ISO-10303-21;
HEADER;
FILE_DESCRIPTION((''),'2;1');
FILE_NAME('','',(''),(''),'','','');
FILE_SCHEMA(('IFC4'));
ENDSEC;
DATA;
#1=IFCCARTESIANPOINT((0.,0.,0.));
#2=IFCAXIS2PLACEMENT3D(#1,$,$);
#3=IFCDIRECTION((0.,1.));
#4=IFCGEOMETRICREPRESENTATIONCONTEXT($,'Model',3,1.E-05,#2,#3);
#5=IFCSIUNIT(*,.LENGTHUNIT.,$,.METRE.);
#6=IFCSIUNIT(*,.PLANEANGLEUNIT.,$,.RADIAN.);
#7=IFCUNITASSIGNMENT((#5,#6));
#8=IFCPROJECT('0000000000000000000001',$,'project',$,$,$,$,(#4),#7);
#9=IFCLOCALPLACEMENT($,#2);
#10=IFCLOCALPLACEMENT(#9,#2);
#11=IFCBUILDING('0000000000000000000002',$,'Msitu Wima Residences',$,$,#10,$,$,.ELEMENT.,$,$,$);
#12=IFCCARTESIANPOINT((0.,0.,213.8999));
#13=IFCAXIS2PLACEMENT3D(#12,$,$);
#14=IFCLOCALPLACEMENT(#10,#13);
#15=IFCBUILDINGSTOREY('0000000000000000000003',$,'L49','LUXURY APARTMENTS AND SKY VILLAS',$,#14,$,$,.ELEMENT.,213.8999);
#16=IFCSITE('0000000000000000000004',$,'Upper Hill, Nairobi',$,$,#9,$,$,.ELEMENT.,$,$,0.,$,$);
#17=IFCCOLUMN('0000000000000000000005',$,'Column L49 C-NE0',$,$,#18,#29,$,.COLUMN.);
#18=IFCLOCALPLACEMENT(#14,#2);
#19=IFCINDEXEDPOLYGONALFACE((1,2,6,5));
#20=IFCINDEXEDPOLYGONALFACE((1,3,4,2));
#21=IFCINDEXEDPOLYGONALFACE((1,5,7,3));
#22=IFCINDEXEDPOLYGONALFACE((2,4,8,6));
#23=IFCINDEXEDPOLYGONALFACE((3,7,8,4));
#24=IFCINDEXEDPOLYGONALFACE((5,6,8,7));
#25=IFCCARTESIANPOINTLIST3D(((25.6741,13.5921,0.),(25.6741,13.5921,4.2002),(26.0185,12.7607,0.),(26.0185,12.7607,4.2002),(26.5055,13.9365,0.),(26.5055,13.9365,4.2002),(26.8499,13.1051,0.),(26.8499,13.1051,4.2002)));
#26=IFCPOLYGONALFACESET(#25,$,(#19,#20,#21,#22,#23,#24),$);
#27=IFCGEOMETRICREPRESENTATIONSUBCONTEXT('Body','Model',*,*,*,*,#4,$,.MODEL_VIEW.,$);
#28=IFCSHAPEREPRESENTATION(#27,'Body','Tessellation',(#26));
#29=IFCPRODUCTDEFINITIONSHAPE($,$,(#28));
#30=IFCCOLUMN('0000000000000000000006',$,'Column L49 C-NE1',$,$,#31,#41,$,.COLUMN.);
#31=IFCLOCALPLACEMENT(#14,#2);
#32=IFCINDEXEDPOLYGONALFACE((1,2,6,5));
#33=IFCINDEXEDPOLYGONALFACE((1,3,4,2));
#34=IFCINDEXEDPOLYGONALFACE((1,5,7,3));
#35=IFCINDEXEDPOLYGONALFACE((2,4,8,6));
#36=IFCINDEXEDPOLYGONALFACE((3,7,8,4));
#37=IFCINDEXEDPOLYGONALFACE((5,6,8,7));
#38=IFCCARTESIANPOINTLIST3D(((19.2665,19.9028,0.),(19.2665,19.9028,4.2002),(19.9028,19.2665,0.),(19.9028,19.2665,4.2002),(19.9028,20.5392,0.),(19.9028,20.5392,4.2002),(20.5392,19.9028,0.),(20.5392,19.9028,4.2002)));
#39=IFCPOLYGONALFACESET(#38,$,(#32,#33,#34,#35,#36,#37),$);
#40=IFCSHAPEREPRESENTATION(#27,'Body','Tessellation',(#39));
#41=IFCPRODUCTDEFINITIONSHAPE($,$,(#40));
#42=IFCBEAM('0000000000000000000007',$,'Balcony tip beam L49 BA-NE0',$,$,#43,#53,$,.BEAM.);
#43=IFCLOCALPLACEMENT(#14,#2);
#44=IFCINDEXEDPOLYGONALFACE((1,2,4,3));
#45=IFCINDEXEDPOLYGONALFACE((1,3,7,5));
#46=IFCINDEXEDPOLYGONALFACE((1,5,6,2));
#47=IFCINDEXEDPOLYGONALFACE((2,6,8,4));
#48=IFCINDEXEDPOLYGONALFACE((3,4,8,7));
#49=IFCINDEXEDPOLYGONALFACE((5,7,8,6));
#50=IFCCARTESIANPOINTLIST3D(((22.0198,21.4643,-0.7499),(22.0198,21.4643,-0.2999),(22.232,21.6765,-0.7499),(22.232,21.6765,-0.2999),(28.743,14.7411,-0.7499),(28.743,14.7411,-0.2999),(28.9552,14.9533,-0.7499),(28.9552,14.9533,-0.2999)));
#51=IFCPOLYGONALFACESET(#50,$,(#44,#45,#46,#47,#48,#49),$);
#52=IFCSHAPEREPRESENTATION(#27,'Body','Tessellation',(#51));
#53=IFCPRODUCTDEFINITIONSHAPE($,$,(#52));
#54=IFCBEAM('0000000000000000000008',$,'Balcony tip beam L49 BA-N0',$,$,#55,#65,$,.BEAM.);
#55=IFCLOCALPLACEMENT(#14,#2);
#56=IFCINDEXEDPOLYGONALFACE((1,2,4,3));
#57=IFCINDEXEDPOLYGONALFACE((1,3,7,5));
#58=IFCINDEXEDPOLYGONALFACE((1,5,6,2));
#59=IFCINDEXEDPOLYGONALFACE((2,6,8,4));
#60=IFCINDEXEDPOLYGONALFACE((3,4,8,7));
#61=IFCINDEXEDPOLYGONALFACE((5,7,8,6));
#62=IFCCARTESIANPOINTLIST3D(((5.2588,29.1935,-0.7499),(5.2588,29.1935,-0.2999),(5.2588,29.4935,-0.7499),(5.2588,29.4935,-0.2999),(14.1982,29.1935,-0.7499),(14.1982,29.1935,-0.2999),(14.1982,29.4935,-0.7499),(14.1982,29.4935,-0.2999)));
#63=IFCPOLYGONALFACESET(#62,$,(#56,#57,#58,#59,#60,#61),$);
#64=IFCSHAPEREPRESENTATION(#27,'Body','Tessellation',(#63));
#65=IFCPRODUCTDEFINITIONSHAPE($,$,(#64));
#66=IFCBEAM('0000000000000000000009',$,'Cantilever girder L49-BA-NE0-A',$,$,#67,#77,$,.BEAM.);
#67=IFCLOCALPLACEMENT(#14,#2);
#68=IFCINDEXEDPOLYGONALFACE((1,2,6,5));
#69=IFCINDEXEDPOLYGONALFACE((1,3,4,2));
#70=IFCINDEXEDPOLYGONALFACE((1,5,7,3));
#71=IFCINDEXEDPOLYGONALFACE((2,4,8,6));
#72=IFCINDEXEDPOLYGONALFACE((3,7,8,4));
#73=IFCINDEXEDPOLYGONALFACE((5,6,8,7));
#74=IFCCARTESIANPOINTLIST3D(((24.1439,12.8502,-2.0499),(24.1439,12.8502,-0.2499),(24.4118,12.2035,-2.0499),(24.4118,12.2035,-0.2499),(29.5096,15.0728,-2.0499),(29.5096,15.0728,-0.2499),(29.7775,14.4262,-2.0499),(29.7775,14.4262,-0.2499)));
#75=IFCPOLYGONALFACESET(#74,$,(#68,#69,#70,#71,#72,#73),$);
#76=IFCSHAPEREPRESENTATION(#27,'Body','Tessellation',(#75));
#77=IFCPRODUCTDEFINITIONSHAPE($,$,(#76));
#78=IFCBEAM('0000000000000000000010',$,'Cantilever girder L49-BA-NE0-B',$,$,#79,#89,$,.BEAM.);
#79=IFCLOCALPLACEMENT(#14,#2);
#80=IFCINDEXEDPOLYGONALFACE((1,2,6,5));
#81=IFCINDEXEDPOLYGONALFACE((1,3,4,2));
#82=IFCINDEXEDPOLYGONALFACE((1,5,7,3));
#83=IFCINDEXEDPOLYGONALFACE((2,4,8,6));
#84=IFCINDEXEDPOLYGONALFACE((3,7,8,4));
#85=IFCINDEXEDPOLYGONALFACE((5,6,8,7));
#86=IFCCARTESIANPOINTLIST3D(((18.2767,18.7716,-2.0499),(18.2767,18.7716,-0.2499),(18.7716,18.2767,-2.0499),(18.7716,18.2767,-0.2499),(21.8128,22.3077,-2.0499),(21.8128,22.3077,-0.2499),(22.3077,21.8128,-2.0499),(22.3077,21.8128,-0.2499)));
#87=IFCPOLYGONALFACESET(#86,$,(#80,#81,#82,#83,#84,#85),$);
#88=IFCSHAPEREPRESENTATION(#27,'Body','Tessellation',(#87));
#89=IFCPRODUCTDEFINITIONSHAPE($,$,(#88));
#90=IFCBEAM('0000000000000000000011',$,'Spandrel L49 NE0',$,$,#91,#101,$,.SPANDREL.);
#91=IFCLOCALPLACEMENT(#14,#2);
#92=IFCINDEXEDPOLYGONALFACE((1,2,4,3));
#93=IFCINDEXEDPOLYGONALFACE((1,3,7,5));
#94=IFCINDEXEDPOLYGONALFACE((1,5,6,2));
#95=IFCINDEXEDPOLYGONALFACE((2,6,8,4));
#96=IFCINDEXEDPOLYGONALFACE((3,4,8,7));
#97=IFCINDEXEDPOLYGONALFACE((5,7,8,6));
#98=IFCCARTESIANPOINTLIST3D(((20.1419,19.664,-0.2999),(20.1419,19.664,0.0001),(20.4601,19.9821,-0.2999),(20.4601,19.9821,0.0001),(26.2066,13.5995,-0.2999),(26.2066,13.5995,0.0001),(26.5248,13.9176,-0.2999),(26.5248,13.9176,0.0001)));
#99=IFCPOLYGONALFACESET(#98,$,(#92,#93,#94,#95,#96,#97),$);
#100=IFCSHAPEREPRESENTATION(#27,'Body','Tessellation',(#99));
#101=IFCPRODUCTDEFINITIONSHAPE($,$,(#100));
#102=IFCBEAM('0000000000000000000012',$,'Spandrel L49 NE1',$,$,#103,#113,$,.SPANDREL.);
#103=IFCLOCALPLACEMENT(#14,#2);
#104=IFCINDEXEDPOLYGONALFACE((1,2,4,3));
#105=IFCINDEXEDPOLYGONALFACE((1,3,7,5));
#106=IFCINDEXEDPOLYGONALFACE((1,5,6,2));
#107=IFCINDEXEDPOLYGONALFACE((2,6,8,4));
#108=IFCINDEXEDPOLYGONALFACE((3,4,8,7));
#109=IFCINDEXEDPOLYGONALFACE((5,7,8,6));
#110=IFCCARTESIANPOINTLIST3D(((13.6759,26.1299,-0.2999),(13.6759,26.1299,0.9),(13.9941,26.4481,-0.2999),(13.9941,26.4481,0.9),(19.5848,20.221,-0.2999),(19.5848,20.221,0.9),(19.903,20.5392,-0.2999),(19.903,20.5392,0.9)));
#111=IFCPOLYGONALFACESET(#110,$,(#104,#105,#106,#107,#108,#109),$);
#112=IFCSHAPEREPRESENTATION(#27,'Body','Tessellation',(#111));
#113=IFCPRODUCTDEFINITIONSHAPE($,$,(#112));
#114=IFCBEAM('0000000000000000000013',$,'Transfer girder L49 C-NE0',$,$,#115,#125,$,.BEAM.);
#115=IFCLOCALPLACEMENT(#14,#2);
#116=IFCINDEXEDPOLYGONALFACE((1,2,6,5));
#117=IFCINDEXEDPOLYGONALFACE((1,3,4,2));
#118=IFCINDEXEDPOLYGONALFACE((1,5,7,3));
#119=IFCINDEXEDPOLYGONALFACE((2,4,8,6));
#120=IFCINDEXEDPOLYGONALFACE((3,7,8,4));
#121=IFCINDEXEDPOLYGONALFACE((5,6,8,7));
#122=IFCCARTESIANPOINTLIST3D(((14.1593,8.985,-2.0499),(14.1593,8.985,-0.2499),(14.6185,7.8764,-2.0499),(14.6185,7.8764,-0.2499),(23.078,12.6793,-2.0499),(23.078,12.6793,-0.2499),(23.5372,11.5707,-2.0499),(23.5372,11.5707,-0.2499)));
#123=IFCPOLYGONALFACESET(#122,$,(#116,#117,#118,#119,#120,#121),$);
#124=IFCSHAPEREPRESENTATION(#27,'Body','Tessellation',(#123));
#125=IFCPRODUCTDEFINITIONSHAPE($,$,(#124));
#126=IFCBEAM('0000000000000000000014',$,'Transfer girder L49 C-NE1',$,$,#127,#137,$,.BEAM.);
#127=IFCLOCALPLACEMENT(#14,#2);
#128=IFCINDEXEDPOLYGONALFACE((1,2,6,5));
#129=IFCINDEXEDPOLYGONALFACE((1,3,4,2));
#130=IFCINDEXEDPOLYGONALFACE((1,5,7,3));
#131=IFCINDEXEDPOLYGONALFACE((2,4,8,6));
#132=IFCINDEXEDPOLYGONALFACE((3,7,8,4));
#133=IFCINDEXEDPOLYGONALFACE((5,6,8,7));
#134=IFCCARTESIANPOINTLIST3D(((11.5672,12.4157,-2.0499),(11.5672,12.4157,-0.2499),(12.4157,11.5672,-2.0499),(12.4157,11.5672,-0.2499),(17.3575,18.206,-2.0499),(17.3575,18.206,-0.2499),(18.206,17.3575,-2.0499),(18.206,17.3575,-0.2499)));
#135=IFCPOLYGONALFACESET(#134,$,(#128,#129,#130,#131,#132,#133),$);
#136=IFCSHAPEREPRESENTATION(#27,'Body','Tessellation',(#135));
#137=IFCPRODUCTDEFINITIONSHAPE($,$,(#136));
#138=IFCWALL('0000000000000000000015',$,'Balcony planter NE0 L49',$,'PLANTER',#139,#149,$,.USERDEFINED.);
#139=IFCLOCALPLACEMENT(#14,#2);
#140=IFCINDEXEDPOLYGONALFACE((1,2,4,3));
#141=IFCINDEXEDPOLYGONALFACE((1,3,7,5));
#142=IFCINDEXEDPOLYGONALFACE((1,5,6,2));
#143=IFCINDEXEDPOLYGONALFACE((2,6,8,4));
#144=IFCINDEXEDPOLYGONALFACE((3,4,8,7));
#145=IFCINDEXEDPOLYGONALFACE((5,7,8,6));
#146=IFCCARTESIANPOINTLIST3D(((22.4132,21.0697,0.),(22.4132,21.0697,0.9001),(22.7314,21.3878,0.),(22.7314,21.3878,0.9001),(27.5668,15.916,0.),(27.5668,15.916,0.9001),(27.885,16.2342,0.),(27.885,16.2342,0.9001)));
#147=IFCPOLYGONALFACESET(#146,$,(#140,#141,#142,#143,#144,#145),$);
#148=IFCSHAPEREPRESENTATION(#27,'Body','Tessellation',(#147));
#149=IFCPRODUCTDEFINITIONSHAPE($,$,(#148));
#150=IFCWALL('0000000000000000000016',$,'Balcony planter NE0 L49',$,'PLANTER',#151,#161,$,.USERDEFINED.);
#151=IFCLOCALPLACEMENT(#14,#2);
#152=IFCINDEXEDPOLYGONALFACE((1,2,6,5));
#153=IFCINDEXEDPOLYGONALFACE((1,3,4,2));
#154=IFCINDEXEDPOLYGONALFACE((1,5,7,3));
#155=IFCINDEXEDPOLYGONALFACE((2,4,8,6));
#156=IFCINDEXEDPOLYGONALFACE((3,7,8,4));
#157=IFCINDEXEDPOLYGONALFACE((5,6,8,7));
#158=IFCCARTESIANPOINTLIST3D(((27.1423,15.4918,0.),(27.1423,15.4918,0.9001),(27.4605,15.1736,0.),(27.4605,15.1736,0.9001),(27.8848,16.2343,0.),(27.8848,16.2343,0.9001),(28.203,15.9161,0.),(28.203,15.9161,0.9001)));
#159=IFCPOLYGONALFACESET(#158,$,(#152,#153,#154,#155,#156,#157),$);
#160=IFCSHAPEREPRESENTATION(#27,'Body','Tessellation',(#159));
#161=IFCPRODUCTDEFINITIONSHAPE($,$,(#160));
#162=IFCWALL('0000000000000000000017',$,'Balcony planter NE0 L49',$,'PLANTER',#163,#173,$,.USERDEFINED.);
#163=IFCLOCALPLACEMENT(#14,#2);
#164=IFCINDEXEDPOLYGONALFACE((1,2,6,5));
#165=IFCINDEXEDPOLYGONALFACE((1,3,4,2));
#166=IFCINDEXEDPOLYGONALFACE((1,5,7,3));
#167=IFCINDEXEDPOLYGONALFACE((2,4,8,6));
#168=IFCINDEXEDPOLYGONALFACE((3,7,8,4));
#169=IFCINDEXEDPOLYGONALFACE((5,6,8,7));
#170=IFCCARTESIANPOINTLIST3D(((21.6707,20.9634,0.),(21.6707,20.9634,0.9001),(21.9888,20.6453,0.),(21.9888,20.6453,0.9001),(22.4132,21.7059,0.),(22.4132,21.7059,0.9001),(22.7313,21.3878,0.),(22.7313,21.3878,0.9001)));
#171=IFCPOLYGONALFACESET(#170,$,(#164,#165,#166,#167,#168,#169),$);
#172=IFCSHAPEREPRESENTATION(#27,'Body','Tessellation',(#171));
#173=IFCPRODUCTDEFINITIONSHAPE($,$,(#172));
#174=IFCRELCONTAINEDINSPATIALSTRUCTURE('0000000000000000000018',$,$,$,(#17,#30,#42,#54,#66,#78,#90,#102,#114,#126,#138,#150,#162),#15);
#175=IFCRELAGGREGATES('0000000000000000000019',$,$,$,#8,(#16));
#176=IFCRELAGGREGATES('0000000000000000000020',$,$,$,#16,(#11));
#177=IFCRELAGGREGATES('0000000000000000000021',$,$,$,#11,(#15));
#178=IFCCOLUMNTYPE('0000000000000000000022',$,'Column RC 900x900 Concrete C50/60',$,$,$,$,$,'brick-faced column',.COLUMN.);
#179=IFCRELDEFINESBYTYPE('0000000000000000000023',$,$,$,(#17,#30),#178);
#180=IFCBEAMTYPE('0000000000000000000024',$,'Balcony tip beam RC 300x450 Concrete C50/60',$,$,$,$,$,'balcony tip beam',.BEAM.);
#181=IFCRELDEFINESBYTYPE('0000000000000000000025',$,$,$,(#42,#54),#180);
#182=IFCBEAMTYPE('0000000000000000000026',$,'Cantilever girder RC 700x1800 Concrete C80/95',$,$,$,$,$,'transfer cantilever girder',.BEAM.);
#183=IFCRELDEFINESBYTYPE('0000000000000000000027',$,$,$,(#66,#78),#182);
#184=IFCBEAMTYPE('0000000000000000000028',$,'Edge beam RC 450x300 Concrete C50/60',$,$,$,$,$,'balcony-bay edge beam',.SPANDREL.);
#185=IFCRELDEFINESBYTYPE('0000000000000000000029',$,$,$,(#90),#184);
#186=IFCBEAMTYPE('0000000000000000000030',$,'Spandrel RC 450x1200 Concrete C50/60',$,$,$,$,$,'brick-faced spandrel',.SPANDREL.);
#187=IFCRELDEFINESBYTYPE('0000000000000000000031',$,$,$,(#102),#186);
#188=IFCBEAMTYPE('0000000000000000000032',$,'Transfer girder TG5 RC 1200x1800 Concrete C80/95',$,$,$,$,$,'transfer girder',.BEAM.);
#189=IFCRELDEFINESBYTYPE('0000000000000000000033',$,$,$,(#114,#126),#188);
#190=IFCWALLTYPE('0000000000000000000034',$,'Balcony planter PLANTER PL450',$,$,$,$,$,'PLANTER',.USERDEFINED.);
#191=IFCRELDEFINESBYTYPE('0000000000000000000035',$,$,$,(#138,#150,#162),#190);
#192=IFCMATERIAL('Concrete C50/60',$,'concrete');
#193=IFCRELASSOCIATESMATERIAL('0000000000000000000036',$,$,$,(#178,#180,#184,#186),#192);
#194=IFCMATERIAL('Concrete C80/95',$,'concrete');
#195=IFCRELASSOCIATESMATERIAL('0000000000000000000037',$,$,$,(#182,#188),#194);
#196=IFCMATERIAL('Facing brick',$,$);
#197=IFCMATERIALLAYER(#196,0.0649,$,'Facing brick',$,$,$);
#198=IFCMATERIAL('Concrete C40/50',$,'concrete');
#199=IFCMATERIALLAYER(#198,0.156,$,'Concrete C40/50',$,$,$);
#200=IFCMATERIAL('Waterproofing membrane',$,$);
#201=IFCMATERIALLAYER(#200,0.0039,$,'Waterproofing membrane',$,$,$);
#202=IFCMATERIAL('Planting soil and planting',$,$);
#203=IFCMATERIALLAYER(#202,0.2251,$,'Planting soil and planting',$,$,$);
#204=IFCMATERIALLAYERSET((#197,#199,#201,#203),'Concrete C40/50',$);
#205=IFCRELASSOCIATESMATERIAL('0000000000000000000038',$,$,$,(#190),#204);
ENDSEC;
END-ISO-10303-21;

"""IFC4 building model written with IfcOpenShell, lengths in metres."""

from ifc_helpers import new_model, si_unit, direction, frame, frame_2d, origin, origin_2d, place, context, subcontext, project, spatial, rectangle, extrude, material, layer, layer_set, material_profile, profile_set, type_object, element, save


model = new_model("IFC4")

# Units and contexts
model_context = context("Model", 3, precision=1e-05, world=origin(), true_north=direction((0.0, 1.0)))
body_context = subcontext(model_context, "Body", "Model", "MODEL_VIEW")
ifc_project = project(units=[si_unit("LENGTHUNIT", "METRE"), si_unit("PLANEANGLEUNIT", "RADIAN")], contexts=[model_context])

# Site, building, storey
site_placement = place(None, origin())
site = spatial("IfcSite", under=ifc_project, at=site_placement, Name="Upper Hill, Nairobi", CompositionType="ELEMENT", RefElevation=0.0)
building_placement = place(site_placement, origin())
building = spatial("IfcBuilding", under=site, at=building_placement, Name="Msitu Wima Residences", CompositionType="ELEMENT")
storey_placement = place(building_placement, frame((0.0, 0.0, 213.8999)))
storey = spatial("IfcBuildingStorey", under=building, at=storey_placement, Name="L49", Description="LUXURY APARTMENTS AND SKY VILLAS", CompositionType="ELEMENT", Elevation=213.8999)

# Columns
ifc_material_1 = material(Name="Concrete C50/60", Category="concrete")
ifc_material_profile_1 = material_profile(ifc_material_1, rectangle(XDim=0.8999, YDim=0.8999, at=origin_2d()), Name="RC 900x900")
ifc_profile_set_1 = profile_set([ifc_material_profile_1], Name="Concrete C50/60")
column_type = type_object("IfcColumnType", Name="Column RC 900x900 Concrete C50/60", ElementType="brick-faced column", PredefinedType="COLUMN", material=ifc_profile_set_1)
for number, where, z_axis, x_axis, name in (
    (1, (26.262, 13.3486, 0.0), (0.0, 0.0, 1.0), (-0.382683, 0.92388, 0.0), "Column L49 C-NE0"),
    (2, (19.9028, 19.9028, 0.0), (0.0, 0.0, 1.0), (-0.707107, 0.707107, 0.0), "Column L49 C-NE1"),
):
    element("IfcColumn", number, at=place(storey_placement, frame(where, z_axis=z_axis, x_axis=x_axis)), inside=storey, type_object=column_type, Name=name, PredefinedType="COLUMN", context=body_context, shape_type="SweptSolid", body=[
        extrude(rectangle(XDim=0.8999, YDim=0.8999, at=origin_2d()), origin(), (0.0, 0.0, 1.0), 4.2002),
    ])

# Beams
ifc_material_profile_2 = material_profile(ifc_material_1, rectangle(XDim=0.3, YDim=0.45, at=origin_2d()), Name="RC 300x450")
ifc_profile_set_2 = profile_set([ifc_material_profile_2], Name="Concrete C50/60")
beam_type_1 = type_object("IfcBeamType", Name="Balcony tip beam RC 300x450 Concrete C50/60", ElementType="balcony tip beam", PredefinedType="BEAM", material=ifc_profile_set_2)
beam_1_placement = place(storey_placement, frame((28.8491, 14.8472, -0.5249), z_axis=(-0.707107, 0.707107, 0.0), x_axis=(-0.707107, -0.707107, 0.0)))
element("IfcBeam", 3, at=beam_1_placement, inside=storey, type_object=beam_type_1, Name="Balcony tip beam L49 BA-NE0", PredefinedType="BEAM", context=body_context, shape_type="SweptSolid", body=[
    extrude(rectangle(XDim=0.3, YDim=0.45, at=origin_2d()), origin(), (0.0, 0.0, 1.0), 9.5081),
])
beam_2_placement = place(storey_placement, frame((14.1982, 29.3435, -0.5249), z_axis=(-1.0, 0.0, 0.0), x_axis=(0.0, -1.0, 0.0)))
element("IfcBeam", 4, at=beam_2_placement, inside=storey, type_object=beam_type_1, Name="Balcony tip beam L49 BA-N0", PredefinedType="BEAM", context=body_context, shape_type="SweptSolid", body=[
    extrude(rectangle(XDim=0.3, YDim=0.45, at=origin_2d()), origin(), (0.0, 0.0, 1.0), 8.9395),
])
ifc_material_2 = material(Name="Concrete C80/95", Category="concrete")
ifc_material_profile_3 = material_profile(ifc_material_2, rectangle(XDim=0.7, YDim=1.8, at=origin_2d()), Name="RC 700x1800")
ifc_profile_set_3 = profile_set([ifc_material_profile_3], Name="Concrete C80/95")
beam_type_2 = type_object("IfcBeamType", Name="Cantilever girder RC 700x1800 Concrete C80/95", ElementType="transfer cantilever girder", PredefinedType="BEAM", material=ifc_profile_set_3)
beam_3_placement = place(storey_placement, frame((24.2778, 12.5269, -1.1499), z_axis=(0.923873, 0.382698, 0.0), x_axis=(-0.382698, 0.923873, 0.0)))
element("IfcBeam", 5, at=beam_3_placement, inside=storey, type_object=beam_type_2, Name="Cantilever girder L49-BA-NE0-A", PredefinedType="BEAM", context=body_context, shape_type="SweptSolid", body=[
    extrude(rectangle(XDim=0.7, YDim=1.8, at=origin_2d()), origin(), (0.0, 0.0, 1.0), 5.8079),
])
beam_4_placement = place(storey_placement, frame((18.5242, 18.5242, -1.1499), z_axis=(0.707107, 0.707107, 0.0), x_axis=(-0.707107, 0.707107, 0.0)))
element("IfcBeam", 6, at=beam_4_placement, inside=storey, type_object=beam_type_2, Name="Cantilever girder L49-BA-NE0-B", PredefinedType="BEAM", context=body_context, shape_type="SweptSolid", body=[
    extrude(rectangle(XDim=0.7, YDim=1.8, at=origin_2d()), origin(), (0.0, 0.0, 1.0), 5.0007),
])
ifc_material_profile_4 = material_profile(ifc_material_1, rectangle(XDim=0.45, YDim=0.3, at=origin_2d()), Name="RC 450x300")
ifc_profile_set_4 = profile_set([ifc_material_profile_4], Name="Concrete C50/60")
beam_type_3 = type_object("IfcBeamType", Name="Edge beam RC 450x300 Concrete C50/60", ElementType="balcony-bay edge beam", PredefinedType="SPANDREL", material=ifc_profile_set_4)
beam_5_placement = place(storey_placement, frame((26.3657, 13.7585, -0.1499), z_axis=(-0.707121, 0.707093, 0.0), x_axis=(-0.707093, -0.707121, 0.0)))
element("IfcBeam", 7, at=beam_5_placement, inside=storey, type_object=beam_type_3, Name="Spandrel L49 NE0", PredefinedType="SPANDREL", context=body_context, shape_type="SweptSolid", body=[
    extrude(rectangle(XDim=0.45, YDim=0.3, at=origin_2d()), origin(), (0.0, 0.0, 1.0), 8.5767),
])
ifc_material_profile_5 = material_profile(ifc_material_1, rectangle(XDim=0.45, YDim=1.2, at=origin_2d()), Name="RC 450x1200")
ifc_profile_set_5 = profile_set([ifc_material_profile_5], Name="Concrete C50/60")
beam_type_4 = type_object("IfcBeamType", Name="Spandrel RC 450x1200 Concrete C50/60", ElementType="brick-faced spandrel", PredefinedType="SPANDREL", material=ifc_profile_set_5)
beam_6_placement = place(storey_placement, frame((19.7439, 20.3801, 0.3), z_axis=(-0.707107, 0.707107, 0.0), x_axis=(-0.707107, -0.707107, 0.0)))
element("IfcBeam", 8, at=beam_6_placement, inside=storey, type_object=beam_type_4, Name="Spandrel L49 NE1", PredefinedType="SPANDREL", context=body_context, shape_type="SweptSolid", body=[
    extrude(rectangle(XDim=0.45, YDim=1.2, at=origin_2d()), origin(), (0.0, 0.0, 1.0), 8.3564),
])
ifc_material_profile_6 = material_profile(ifc_material_2, rectangle(XDim=1.2, YDim=1.8, at=origin_2d()), Name="RC 1200x1800")
ifc_profile_set_6 = profile_set([ifc_material_profile_6], Name="Concrete C80/95")
beam_type_5 = type_object("IfcBeamType", Name="Transfer girder TG5 RC 1200x1800 Concrete C80/95", ElementType="transfer girder", PredefinedType="BEAM", material=ifc_profile_set_6)
beam_7_placement = place(storey_placement, frame((23.3076, 12.125, -1.1499), z_axis=(-0.923876, -0.382691, 0.0), x_axis=(0.382691, -0.923876, 0.0)))
element("IfcBeam", 9, at=beam_7_placement, inside=storey, type_object=beam_type_5, Name="Transfer girder L49 C-NE0", PredefinedType="BEAM", context=body_context, shape_type="SweptSolid", body=[
    extrude(rectangle(XDim=1.2, YDim=1.8, at=origin_2d()), origin(), (0.0, 0.0, 1.0), 9.6536),
])
beam_8_placement = place(storey_placement, frame((17.7817, 17.7817, -1.1499), z_axis=(-0.707107, -0.707107, 0.0), x_axis=(0.707107, -0.707107, 0.0)))
element("IfcBeam", 10, at=beam_8_placement, inside=storey, type_object=beam_type_5, Name="Transfer girder L49 C-NE1", PredefinedType="BEAM", context=body_context, shape_type="SweptSolid", body=[
    extrude(rectangle(XDim=1.2, YDim=1.8, at=origin_2d()), origin(), (0.0, 0.0, 1.0), 8.1887),
])

# Walls
ifc_material_3 = material(Name="Facing brick")
ifc_layer_1 = layer(ifc_material_3, 0.0649, Name="Facing brick")
ifc_material_4 = material(Name="Concrete C40/50", Category="concrete")
ifc_layer_2 = layer(ifc_material_4, 0.156, Name="Concrete C40/50")
ifc_material_5 = material(Name="Waterproofing membrane")
ifc_layer_3 = layer(ifc_material_5, 0.0039, Name="Waterproofing membrane")
ifc_material_6 = material(Name="Planting soil and planting")
ifc_layer_4 = layer(ifc_material_6, 0.2251, Name="Planting soil and planting")
ifc_layer_set_1 = layer_set([ifc_layer_1, ifc_layer_2, ifc_layer_3, ifc_layer_4], Name="Concrete C40/50")
wall_type_1 = type_object("IfcWallType", Name="Balcony planter PLANTER PL450", ElementType="PLANTER", PredefinedType="USERDEFINED", material=ifc_layer_set_1)
wall_1_placement = place(storey_placement, frame((27.7258, 16.0752, 0.0), z_axis=(0.0, 0.0, 1.0), x_axis=(-0.707107, 0.707107, 0.0)))
element("IfcWall", 11, at=wall_1_placement, inside=storey, type_object=wall_type_1, Name="Balcony planter NE0 L49", ObjectType="PLANTER", PredefinedType="USERDEFINED", context=body_context, shape_type="SweptSolid", body=[
    extrude(rectangle(XDim=7.2883, YDim=0.45, at=frame_2d((3.644, 0.0))), origin(), (0.0, 0.0, 1.0), 0.9001),
])
for number, where, z_axis, x_axis, name in (
    (12, (27.3015, 15.3328, 0.0), (0.0, 0.0, 1.0), (0.707107, 0.707107, 0.0), "Balcony planter NE0 L49"),
    (13, (21.8298, 20.8044, 0.0), (0.0, 0.0, 1.0), (0.707107, 0.707107, 0.0), "Balcony planter NE0 L49"),
):
    element("IfcWall", number, at=place(storey_placement, frame(where, z_axis=z_axis, x_axis=x_axis)), inside=storey, type_object=wall_type_1, Name=name, ObjectType="PLANTER", PredefinedType="USERDEFINED", context=body_context, shape_type="SweptSolid", body=[
        extrude(rectangle(XDim=1.05, YDim=0.45, at=frame_2d((0.5249, 0.0))), origin(), (0.0, 0.0, 1.0), 0.9001),
    ])

save(model, "model.ifc")
